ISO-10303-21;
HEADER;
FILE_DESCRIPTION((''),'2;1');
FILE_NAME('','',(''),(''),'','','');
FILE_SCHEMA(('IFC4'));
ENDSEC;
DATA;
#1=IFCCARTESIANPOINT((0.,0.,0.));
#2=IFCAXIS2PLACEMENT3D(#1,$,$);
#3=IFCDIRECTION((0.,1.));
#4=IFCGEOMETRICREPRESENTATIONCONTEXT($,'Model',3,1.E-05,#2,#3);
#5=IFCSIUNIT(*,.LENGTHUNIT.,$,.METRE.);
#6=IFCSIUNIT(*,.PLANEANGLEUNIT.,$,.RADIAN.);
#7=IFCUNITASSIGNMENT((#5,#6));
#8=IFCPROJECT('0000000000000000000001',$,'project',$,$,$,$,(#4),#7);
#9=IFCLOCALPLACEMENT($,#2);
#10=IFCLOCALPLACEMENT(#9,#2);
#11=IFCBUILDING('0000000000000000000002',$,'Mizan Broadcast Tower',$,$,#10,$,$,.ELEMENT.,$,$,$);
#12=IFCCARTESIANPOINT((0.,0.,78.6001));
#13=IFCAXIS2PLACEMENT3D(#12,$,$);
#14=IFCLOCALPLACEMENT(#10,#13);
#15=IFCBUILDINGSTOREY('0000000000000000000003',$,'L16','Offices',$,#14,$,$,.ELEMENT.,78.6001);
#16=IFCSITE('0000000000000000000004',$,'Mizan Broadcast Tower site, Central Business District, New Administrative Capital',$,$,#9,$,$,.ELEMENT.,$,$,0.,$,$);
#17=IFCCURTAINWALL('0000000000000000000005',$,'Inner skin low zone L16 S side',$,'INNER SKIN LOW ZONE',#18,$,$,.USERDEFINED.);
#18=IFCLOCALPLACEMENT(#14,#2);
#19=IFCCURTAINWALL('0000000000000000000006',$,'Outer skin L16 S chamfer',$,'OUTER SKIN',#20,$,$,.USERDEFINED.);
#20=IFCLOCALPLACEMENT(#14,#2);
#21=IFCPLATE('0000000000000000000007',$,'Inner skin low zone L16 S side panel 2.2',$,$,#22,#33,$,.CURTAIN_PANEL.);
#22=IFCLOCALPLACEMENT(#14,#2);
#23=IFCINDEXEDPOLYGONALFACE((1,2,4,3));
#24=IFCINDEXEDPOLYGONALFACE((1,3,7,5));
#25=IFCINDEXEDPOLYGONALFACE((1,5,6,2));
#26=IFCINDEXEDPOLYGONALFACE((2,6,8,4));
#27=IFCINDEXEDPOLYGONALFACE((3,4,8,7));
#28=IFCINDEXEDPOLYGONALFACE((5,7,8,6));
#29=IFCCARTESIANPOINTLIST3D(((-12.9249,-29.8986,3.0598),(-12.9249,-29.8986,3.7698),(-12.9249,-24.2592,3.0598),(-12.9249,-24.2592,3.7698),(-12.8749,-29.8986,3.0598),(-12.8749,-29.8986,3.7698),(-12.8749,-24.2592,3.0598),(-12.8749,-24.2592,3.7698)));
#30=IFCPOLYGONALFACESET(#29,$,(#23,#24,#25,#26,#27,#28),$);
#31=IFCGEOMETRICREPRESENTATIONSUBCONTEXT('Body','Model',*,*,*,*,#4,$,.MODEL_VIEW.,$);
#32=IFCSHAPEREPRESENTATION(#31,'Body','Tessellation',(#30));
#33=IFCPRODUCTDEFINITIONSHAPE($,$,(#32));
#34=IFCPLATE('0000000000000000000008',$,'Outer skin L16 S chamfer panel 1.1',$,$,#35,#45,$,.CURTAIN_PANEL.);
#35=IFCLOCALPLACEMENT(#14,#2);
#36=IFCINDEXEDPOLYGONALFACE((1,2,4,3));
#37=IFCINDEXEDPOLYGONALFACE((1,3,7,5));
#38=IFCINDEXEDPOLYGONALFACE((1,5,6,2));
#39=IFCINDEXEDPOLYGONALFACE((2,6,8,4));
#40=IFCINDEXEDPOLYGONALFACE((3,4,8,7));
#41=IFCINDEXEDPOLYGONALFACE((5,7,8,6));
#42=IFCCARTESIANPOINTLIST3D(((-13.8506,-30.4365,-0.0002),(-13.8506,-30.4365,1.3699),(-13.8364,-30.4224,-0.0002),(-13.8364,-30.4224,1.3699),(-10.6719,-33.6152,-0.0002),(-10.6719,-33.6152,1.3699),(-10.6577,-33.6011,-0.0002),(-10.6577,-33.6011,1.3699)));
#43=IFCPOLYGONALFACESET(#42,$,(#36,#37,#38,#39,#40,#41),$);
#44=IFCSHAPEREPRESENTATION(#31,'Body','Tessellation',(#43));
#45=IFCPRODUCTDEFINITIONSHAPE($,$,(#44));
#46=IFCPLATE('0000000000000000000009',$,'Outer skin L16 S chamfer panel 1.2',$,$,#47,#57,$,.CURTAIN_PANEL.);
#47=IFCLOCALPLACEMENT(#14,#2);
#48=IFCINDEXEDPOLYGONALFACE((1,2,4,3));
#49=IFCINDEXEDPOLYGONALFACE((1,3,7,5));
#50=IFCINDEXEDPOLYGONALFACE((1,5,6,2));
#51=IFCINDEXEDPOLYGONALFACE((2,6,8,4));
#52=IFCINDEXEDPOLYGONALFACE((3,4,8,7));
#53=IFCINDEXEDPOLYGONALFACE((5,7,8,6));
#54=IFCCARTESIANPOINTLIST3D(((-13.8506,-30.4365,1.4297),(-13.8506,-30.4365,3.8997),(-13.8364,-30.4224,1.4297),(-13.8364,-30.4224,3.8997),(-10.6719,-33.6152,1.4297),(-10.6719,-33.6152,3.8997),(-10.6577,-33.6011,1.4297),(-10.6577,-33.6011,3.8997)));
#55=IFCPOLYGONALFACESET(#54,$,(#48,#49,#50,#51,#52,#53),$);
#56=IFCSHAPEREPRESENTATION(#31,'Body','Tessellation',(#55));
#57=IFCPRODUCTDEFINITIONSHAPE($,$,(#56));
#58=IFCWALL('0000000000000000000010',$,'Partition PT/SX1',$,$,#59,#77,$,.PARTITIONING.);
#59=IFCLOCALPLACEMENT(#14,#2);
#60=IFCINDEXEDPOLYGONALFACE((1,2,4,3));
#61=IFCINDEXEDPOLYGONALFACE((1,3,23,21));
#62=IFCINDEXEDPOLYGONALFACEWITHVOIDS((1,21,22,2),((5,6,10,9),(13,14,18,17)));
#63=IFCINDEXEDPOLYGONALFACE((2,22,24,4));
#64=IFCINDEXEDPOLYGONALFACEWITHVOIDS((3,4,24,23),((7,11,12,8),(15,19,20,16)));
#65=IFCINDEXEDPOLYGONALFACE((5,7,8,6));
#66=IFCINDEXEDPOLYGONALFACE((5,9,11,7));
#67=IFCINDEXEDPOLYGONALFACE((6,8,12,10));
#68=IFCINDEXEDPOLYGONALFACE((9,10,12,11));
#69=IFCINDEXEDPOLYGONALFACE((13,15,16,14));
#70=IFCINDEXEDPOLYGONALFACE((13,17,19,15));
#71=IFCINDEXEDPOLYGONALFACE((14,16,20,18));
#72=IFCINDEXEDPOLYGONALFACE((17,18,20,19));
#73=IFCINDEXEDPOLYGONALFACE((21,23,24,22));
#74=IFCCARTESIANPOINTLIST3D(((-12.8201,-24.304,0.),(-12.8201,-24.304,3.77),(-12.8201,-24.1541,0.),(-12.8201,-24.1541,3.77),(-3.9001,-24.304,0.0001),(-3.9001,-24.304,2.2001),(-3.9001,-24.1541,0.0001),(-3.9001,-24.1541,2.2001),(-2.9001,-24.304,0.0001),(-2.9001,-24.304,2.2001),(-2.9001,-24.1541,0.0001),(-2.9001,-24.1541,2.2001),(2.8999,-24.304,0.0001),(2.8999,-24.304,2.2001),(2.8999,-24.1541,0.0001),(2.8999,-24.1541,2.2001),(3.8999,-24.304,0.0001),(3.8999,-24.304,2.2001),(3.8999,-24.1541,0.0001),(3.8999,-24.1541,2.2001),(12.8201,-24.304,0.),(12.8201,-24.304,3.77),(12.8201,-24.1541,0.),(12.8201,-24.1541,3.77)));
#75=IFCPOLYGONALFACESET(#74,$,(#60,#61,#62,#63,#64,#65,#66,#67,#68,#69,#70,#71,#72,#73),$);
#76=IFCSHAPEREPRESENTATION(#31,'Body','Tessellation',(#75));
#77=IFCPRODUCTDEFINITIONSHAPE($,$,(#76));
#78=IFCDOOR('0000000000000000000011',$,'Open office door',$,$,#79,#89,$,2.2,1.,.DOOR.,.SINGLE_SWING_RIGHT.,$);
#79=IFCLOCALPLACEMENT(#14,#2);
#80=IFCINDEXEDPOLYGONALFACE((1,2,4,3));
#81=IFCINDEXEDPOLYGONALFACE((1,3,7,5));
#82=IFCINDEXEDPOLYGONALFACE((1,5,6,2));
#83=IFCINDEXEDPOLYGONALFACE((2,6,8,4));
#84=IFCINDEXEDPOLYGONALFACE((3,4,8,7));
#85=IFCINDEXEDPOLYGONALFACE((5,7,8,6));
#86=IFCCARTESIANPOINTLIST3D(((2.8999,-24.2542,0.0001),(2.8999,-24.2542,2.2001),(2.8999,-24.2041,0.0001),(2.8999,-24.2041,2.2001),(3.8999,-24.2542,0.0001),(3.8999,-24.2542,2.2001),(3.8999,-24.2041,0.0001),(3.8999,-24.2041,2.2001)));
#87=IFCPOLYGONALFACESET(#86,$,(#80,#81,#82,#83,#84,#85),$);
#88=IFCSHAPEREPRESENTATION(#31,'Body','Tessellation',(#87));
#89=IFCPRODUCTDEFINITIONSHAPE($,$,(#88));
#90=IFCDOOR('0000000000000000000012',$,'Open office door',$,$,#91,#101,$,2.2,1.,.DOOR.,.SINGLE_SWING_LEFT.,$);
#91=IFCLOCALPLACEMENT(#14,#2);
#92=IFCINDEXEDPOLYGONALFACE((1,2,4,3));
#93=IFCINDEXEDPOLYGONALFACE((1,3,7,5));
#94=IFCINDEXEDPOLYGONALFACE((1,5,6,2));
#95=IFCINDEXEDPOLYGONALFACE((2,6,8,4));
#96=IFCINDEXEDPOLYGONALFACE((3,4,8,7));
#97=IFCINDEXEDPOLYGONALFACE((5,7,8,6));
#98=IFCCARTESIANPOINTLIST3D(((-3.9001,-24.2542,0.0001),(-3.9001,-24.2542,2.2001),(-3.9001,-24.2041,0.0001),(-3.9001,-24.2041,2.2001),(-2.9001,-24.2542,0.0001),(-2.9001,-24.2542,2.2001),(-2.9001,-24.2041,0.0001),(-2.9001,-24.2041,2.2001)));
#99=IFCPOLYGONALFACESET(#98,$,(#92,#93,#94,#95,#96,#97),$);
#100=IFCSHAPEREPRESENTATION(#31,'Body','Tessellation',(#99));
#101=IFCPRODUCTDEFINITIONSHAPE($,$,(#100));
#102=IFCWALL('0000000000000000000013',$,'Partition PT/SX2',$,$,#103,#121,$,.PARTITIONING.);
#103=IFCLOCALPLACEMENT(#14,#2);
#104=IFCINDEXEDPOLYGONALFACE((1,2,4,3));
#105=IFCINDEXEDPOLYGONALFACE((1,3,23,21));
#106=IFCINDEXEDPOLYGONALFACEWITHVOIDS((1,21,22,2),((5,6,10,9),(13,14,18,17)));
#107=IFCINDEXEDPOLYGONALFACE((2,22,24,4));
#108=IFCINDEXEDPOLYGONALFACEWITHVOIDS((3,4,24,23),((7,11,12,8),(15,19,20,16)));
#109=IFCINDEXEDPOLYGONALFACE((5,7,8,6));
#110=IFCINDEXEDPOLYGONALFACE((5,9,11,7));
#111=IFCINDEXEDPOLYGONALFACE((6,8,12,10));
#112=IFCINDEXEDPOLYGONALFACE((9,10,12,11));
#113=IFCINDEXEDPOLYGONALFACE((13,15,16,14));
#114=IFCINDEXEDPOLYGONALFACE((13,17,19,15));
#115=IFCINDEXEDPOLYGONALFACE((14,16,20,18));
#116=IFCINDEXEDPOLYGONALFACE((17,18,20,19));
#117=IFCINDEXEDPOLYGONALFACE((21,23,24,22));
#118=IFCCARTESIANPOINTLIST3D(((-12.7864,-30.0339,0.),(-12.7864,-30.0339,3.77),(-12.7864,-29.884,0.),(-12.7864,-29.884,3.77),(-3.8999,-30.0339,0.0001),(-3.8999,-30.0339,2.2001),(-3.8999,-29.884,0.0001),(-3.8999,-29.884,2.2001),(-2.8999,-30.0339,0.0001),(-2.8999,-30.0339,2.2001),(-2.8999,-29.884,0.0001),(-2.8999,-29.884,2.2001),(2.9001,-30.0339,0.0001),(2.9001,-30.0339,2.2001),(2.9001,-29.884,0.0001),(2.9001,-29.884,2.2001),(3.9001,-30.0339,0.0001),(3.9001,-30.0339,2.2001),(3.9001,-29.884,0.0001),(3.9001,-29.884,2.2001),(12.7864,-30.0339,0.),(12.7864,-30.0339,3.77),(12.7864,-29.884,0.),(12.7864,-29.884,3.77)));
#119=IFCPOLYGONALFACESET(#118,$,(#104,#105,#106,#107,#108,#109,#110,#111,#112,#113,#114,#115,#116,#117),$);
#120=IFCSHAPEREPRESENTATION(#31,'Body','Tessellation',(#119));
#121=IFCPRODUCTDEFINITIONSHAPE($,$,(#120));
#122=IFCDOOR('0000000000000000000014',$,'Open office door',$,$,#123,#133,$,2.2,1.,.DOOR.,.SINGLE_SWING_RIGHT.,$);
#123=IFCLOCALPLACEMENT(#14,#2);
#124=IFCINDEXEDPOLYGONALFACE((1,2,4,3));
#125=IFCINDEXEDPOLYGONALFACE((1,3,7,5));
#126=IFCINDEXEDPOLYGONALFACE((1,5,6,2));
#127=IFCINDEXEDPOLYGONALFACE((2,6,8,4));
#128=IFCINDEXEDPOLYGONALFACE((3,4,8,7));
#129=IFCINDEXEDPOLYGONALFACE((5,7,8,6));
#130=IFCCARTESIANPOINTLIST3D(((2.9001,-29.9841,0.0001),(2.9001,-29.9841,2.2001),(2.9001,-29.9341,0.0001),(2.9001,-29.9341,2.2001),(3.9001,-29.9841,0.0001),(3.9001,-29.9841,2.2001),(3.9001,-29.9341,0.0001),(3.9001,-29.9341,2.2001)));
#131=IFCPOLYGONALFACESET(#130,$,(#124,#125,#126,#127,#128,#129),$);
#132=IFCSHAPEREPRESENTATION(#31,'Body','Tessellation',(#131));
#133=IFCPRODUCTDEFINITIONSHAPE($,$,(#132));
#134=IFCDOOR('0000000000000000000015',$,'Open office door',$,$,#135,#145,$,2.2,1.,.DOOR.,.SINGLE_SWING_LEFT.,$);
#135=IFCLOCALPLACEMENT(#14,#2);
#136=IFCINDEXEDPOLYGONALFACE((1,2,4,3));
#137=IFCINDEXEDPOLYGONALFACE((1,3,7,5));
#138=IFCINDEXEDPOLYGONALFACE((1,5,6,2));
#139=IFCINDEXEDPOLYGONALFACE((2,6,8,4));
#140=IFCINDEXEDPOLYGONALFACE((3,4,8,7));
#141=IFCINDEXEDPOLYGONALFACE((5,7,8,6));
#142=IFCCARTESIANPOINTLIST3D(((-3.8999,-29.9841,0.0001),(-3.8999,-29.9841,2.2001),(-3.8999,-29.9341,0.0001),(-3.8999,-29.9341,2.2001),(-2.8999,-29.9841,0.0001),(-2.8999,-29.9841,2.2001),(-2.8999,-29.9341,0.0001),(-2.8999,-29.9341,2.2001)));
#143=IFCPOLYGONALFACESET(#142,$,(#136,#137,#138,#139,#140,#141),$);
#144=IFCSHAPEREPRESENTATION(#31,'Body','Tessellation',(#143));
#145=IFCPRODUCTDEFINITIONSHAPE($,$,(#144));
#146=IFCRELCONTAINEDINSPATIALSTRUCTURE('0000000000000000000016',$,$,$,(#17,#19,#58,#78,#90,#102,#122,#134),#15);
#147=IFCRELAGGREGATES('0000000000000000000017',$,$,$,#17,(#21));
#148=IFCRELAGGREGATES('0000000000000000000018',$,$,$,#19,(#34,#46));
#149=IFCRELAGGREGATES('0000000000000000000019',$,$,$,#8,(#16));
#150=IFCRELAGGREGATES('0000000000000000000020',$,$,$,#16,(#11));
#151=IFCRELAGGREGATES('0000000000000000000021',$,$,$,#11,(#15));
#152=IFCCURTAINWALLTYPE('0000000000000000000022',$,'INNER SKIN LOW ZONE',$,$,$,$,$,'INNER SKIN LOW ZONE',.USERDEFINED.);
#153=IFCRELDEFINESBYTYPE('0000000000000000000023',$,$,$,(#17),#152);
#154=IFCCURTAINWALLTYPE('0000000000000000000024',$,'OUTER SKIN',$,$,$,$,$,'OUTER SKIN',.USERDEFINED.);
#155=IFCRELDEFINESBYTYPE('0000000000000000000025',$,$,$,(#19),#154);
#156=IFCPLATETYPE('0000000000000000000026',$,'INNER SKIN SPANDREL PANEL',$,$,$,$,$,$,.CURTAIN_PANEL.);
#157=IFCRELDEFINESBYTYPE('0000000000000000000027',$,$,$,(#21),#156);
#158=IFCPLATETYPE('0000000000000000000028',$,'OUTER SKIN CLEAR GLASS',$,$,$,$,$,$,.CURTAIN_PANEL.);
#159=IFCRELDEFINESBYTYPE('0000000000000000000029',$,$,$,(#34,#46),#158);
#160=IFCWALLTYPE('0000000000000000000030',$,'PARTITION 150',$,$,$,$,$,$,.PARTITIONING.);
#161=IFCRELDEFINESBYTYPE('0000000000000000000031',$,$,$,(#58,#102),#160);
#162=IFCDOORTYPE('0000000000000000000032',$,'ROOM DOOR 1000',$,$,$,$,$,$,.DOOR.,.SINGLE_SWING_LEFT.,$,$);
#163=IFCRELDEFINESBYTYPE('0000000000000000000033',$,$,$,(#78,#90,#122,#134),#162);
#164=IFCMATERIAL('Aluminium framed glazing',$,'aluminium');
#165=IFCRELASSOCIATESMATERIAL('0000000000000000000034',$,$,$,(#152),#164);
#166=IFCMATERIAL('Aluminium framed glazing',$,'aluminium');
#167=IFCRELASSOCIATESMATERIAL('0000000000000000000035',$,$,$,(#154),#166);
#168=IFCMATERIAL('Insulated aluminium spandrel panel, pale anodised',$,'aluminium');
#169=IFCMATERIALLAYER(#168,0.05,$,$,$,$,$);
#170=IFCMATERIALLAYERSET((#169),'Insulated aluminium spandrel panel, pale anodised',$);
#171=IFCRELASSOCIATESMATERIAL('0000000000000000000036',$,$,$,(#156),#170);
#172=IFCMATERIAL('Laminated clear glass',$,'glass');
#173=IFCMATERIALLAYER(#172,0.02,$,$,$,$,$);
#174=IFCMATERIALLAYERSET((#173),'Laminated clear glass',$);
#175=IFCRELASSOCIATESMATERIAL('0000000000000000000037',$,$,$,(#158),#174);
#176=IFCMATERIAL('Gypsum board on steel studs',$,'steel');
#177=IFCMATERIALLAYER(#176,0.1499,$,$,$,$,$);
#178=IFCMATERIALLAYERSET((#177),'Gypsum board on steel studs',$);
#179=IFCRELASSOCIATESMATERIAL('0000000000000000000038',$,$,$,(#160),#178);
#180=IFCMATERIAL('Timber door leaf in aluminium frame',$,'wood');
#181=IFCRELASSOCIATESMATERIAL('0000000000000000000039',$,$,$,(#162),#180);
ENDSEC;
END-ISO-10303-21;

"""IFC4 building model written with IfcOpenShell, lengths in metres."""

from ifc_helpers import new_model, si_unit, direction, frame, frame_2d, origin, origin_2d, place, context, subcontext, project, spatial, rectangle, extrude, material, layer, layer_set, type_object, element, fill, aggregate, save


model = new_model("IFC4")

# Units and contexts
model_context = context("Model", 3, precision=1e-05, world=origin(), true_north=direction((0.0, 1.0)))
body_context = subcontext(model_context, "Body", "Model", "MODEL_VIEW")
ifc_project = project(units=[si_unit("LENGTHUNIT", "METRE"), si_unit("PLANEANGLEUNIT", "RADIAN")], contexts=[model_context])

# Site, building, storey
site_placement = place(None, origin())
site = spatial("IfcSite", under=ifc_project, at=site_placement, Name="Mizan Broadcast Tower site, Central Business District, New Administrative Capital", CompositionType="ELEMENT", RefElevation=0.0)
building_placement = place(site_placement, origin())
building = spatial("IfcBuilding", under=site, at=building_placement, Name="Mizan Broadcast Tower", CompositionType="ELEMENT")
storey_placement = place(building_placement, frame((0.0, 0.0, 78.6001)))
storey = spatial("IfcBuildingStorey", under=building, at=storey_placement, Name="L16", Description="Offices", CompositionType="ELEMENT", Elevation=78.6001)

# Curtain wall
ifc_material_1 = material(Name="Aluminium framed glazing", Category="aluminium")
curtain_wall_type_1 = type_object("IfcCurtainWallType", Name="INNER SKIN LOW ZONE", ElementType="INNER SKIN LOW ZONE", PredefinedType="USERDEFINED", material=ifc_material_1)
curtain_wall_1_placement = place(storey_placement, origin())
curtain_wall_1 = element("IfcCurtainWall", 1, at=curtain_wall_1_placement, inside=storey, type_object=curtain_wall_type_1, Name="Inner skin low zone L16 S side", ObjectType="INNER SKIN LOW ZONE", PredefinedType="USERDEFINED")

# Curtain wall
ifc_material_2 = material(Name="Aluminium framed glazing", Category="aluminium")
curtain_wall_type_2 = type_object("IfcCurtainWallType", Name="OUTER SKIN", ElementType="OUTER SKIN", PredefinedType="USERDEFINED", material=ifc_material_2)
curtain_wall_2_placement = place(storey_placement, origin())
curtain_wall_2 = element("IfcCurtainWall", 2, at=curtain_wall_2_placement, inside=storey, type_object=curtain_wall_type_2, Name="Outer skin L16 S chamfer", ObjectType="OUTER SKIN", PredefinedType="USERDEFINED")

# Plates
ifc_material_3 = material(Name="Insulated aluminium spandrel panel, pale anodised", Category="aluminium")
ifc_layer_1 = layer(ifc_material_3, 0.05)
ifc_layer_set_1 = layer_set([ifc_layer_1], Name="Insulated aluminium spandrel panel, pale anodised")
plate_type_1 = type_object("IfcPlateType", Name="INNER SKIN SPANDREL PANEL", PredefinedType="CURTAIN_PANEL", material=ifc_layer_set_1)
plate_1_placement = place(storey_placement, frame((-12.8999, -27.0789, 3.0598), z_axis=(0.0, 0.0, 1.0), x_axis=(0.0, -1.0, 0.0)))
plate_1 = element("IfcPlate", 3, at=plate_1_placement, type_object=plate_type_1, Name="Inner skin low zone L16 S side panel 2.2", PredefinedType="CURTAIN_PANEL", context=body_context, shape_type="SweptSolid", body=[
    extrude(rectangle(XDim=5.6394, YDim=0.05, at=origin_2d()), origin(), (0.0, 0.0, 1.0), 0.71),
])
aggregate(curtain_wall_1, [plate_1])
ifc_material_4 = material(Name="Laminated clear glass", Category="glass")
ifc_layer_2 = layer(ifc_material_4, 0.02)
ifc_layer_set_2 = layer_set([ifc_layer_2], Name="Laminated clear glass")
plate_type_2 = type_object("IfcPlateType", Name="OUTER SKIN CLEAR GLASS", PredefinedType="CURTAIN_PANEL", material=ifc_layer_set_2)
plate_2_placement = place(storey_placement, frame((-12.2542, -32.0188, -0.0002), z_axis=(0.0, 0.0, 1.0), x_axis=(0.707107, -0.707107, 0.0)))
plate_2 = element("IfcPlate", 4, at=plate_2_placement, type_object=plate_type_2, Name="Outer skin L16 S chamfer panel 1.1", PredefinedType="CURTAIN_PANEL", context=body_context, shape_type="SweptSolid", body=[
    extrude(rectangle(XDim=4.4954, YDim=0.02, at=origin_2d()), origin(), (0.0, 0.0, 1.0), 1.3701),
])
plate_3_placement = place(storey_placement, frame((-12.2542, -32.0188, 1.4297), z_axis=(0.0, 0.0, 1.0), x_axis=(0.707107, -0.707107, 0.0)))
plate_3 = element("IfcPlate", 5, at=plate_3_placement, type_object=plate_type_2, Name="Outer skin L16 S chamfer panel 1.2", PredefinedType="CURTAIN_PANEL", context=body_context, shape_type="SweptSolid", body=[
    extrude(rectangle(XDim=4.4954, YDim=0.02, at=origin_2d()), origin(), (0.0, 0.0, 1.0), 2.47),
])
aggregate(curtain_wall_2, [plate_2, plate_3])

# Walls, openings, doors
ifc_material_5 = material(Name="Gypsum board on steel studs", Category="steel")
ifc_layer_3 = layer(ifc_material_5, 0.1499)
ifc_layer_set_3 = layer_set([ifc_layer_3], Name="Gypsum board on steel studs")
wall_type = type_object("IfcWallType", Name="PARTITION 150", PredefinedType="PARTITIONING", material=ifc_layer_set_3)
wall_1_placement = place(storey_placement, frame((-12.8201, -24.229, 0.0), z_axis=(0.0, 0.0, 1.0), x_axis=(1.0, 0.0, 0.0)))
wall_1 = element("IfcWall", 6, at=wall_1_placement, inside=storey, type_object=wall_type, Name="Partition PT/SX1", PredefinedType="PARTITIONING", context=body_context, shape_type="SweptSolid", body=[
    extrude(rectangle(XDim=25.6401, YDim=0.1499, at=frame_2d((12.8201, 0.0))), origin(), (0.0, 0.0, 1.0), 3.77),
])
opening_1_placement = place(wall_1_placement, frame((15.72, 0.0, 0.0)))
opening_1 = element("IfcOpeningElement", 7, at=opening_1_placement, cuts=wall_1, PredefinedType="OPENING", context=body_context, shape_type="SweptSolid", body=[
    extrude(rectangle(XDim=1.0, YDim=2.2, at=frame_2d((0.5, 1.1001))), frame((0.0, 0.085, 0.0), z_axis=(0.0, -1.0, 0.0), x_axis=(1.0, 0.0, 0.0)), (0.0, 0.0, 1.0), 0.1699),
])
opening_2_placement = place(wall_1_placement, frame((8.9199, 0.0, 0.0)))
opening_2 = element("IfcOpeningElement", 8, at=opening_2_placement, cuts=wall_1, PredefinedType="OPENING", context=body_context, shape_type="SweptSolid", body=[
    extrude(rectangle(XDim=1.0, YDim=2.2, at=frame_2d((0.5, 1.1001))), frame((0.0, 0.085, 0.0), z_axis=(0.0, -1.0, 0.0), x_axis=(1.0, 0.0, 0.0)), (0.0, 0.0, 1.0), 0.1699),
])
ifc_material_6 = material(Name="Timber door leaf in aluminium frame", Category="wood")
door_type = type_object("IfcDoorType", Name="ROOM DOOR 1000", OperationType="SINGLE_SWING_LEFT", PredefinedType="DOOR", material=ifc_material_6)
door_1_placement = place(opening_1_placement, origin())
door_1 = element("IfcDoor", 9, at=door_1_placement, inside=storey, type_object=door_type, Name="Open office door", OperationType="SINGLE_SWING_RIGHT", OverallHeight=2.2, OverallWidth=1.0, PredefinedType="DOOR", context=body_context, shape_type="SweptSolid", body=[
    extrude(rectangle(XDim=1.0, YDim=2.2, at=frame_2d((0.5, 1.1001))), frame((0.0, 0.0249, 0.0), z_axis=(0.0, -1.0, 0.0), x_axis=(1.0, 0.0, 0.0)), (0.0, 0.0, 1.0), 0.05),
])
fill(opening_1, door_1)
door_2_placement = place(opening_2_placement, origin())
door_2 = element("IfcDoor", 10, at=door_2_placement, inside=storey, type_object=door_type, Name="Open office door", OperationType="SINGLE_SWING_LEFT", OverallHeight=2.2, OverallWidth=1.0, PredefinedType="DOOR", context=body_context, shape_type="SweptSolid", body=[
    extrude(rectangle(XDim=1.0, YDim=2.2, at=frame_2d((0.5, 1.1001))), frame((0.0, 0.0249, 0.0), z_axis=(0.0, -1.0, 0.0), x_axis=(1.0, 0.0, 0.0)), (0.0, 0.0, 1.0), 0.05),
])
fill(opening_2, door_2)
wall_2_placement = place(storey_placement, frame((-12.7864, -29.959, 0.0), z_axis=(0.0, 0.0, 1.0), x_axis=(1.0, 0.0, 0.0)))
wall_2 = element("IfcWall", 11, at=wall_2_placement, inside=storey, type_object=wall_type, Name="Partition PT/SX2", PredefinedType="PARTITIONING", context=body_context, shape_type="SweptSolid", body=[
    extrude(rectangle(XDim=25.5728, YDim=0.1499, at=frame_2d((12.7864, 0.0))), origin(), (0.0, 0.0, 1.0), 3.77),
])
opening_3_placement = place(wall_2_placement, frame((15.6865, 0.0, 0.0)))
opening_3 = element("IfcOpeningElement", 12, at=opening_3_placement, cuts=wall_2, PredefinedType="OPENING", context=body_context, shape_type="SweptSolid", body=[
    extrude(rectangle(XDim=1.0, YDim=2.2, at=frame_2d((0.5, 1.1001))), frame((0.0, 0.085, 0.0), z_axis=(0.0, -1.0, 0.0), x_axis=(1.0, 0.0, 0.0)), (0.0, 0.0, 1.0), 0.1699),
])
opening_4_placement = place(wall_2_placement, frame((8.8865, 0.0, 0.0)))
opening_4 = element("IfcOpeningElement", 13, at=opening_4_placement, cuts=wall_2, PredefinedType="OPENING", context=body_context, shape_type="SweptSolid", body=[
    extrude(rectangle(XDim=1.0, YDim=2.2, at=frame_2d((0.5, 1.1001))), frame((0.0, 0.085, 0.0), z_axis=(0.0, -1.0, 0.0), x_axis=(1.0, 0.0, 0.0)), (0.0, 0.0, 1.0), 0.1699),
])
door_3_placement = place(opening_3_placement, origin())
door_3 = element("IfcDoor", 14, at=door_3_placement, inside=storey, type_object=door_type, Name="Open office door", OperationType="SINGLE_SWING_RIGHT", OverallHeight=2.2, OverallWidth=1.0, PredefinedType="DOOR", context=body_context, shape_type="SweptSolid", body=[
    extrude(rectangle(XDim=1.0, YDim=2.2, at=frame_2d((0.5, 1.1001))), frame((0.0, 0.0249, 0.0), z_axis=(0.0, -1.0, 0.0), x_axis=(1.0, 0.0, 0.0)), (0.0, 0.0, 1.0), 0.05),
])
fill(opening_3, door_3)
door_4_placement = place(opening_4_placement, origin())
door_4 = element("IfcDoor", 15, at=door_4_placement, inside=storey, type_object=door_type, Name="Open office door", OperationType="SINGLE_SWING_LEFT", OverallHeight=2.2, OverallWidth=1.0, PredefinedType="DOOR", context=body_context, shape_type="SweptSolid", body=[
    extrude(rectangle(XDim=1.0, YDim=2.2, at=frame_2d((0.5, 1.1001))), frame((0.0, 0.0249, 0.0), z_axis=(0.0, -1.0, 0.0), x_axis=(1.0, 0.0, 0.0)), (0.0, 0.0, 1.0), 0.05),
])
fill(opening_4, door_4)

save(model, "model.ifc")
